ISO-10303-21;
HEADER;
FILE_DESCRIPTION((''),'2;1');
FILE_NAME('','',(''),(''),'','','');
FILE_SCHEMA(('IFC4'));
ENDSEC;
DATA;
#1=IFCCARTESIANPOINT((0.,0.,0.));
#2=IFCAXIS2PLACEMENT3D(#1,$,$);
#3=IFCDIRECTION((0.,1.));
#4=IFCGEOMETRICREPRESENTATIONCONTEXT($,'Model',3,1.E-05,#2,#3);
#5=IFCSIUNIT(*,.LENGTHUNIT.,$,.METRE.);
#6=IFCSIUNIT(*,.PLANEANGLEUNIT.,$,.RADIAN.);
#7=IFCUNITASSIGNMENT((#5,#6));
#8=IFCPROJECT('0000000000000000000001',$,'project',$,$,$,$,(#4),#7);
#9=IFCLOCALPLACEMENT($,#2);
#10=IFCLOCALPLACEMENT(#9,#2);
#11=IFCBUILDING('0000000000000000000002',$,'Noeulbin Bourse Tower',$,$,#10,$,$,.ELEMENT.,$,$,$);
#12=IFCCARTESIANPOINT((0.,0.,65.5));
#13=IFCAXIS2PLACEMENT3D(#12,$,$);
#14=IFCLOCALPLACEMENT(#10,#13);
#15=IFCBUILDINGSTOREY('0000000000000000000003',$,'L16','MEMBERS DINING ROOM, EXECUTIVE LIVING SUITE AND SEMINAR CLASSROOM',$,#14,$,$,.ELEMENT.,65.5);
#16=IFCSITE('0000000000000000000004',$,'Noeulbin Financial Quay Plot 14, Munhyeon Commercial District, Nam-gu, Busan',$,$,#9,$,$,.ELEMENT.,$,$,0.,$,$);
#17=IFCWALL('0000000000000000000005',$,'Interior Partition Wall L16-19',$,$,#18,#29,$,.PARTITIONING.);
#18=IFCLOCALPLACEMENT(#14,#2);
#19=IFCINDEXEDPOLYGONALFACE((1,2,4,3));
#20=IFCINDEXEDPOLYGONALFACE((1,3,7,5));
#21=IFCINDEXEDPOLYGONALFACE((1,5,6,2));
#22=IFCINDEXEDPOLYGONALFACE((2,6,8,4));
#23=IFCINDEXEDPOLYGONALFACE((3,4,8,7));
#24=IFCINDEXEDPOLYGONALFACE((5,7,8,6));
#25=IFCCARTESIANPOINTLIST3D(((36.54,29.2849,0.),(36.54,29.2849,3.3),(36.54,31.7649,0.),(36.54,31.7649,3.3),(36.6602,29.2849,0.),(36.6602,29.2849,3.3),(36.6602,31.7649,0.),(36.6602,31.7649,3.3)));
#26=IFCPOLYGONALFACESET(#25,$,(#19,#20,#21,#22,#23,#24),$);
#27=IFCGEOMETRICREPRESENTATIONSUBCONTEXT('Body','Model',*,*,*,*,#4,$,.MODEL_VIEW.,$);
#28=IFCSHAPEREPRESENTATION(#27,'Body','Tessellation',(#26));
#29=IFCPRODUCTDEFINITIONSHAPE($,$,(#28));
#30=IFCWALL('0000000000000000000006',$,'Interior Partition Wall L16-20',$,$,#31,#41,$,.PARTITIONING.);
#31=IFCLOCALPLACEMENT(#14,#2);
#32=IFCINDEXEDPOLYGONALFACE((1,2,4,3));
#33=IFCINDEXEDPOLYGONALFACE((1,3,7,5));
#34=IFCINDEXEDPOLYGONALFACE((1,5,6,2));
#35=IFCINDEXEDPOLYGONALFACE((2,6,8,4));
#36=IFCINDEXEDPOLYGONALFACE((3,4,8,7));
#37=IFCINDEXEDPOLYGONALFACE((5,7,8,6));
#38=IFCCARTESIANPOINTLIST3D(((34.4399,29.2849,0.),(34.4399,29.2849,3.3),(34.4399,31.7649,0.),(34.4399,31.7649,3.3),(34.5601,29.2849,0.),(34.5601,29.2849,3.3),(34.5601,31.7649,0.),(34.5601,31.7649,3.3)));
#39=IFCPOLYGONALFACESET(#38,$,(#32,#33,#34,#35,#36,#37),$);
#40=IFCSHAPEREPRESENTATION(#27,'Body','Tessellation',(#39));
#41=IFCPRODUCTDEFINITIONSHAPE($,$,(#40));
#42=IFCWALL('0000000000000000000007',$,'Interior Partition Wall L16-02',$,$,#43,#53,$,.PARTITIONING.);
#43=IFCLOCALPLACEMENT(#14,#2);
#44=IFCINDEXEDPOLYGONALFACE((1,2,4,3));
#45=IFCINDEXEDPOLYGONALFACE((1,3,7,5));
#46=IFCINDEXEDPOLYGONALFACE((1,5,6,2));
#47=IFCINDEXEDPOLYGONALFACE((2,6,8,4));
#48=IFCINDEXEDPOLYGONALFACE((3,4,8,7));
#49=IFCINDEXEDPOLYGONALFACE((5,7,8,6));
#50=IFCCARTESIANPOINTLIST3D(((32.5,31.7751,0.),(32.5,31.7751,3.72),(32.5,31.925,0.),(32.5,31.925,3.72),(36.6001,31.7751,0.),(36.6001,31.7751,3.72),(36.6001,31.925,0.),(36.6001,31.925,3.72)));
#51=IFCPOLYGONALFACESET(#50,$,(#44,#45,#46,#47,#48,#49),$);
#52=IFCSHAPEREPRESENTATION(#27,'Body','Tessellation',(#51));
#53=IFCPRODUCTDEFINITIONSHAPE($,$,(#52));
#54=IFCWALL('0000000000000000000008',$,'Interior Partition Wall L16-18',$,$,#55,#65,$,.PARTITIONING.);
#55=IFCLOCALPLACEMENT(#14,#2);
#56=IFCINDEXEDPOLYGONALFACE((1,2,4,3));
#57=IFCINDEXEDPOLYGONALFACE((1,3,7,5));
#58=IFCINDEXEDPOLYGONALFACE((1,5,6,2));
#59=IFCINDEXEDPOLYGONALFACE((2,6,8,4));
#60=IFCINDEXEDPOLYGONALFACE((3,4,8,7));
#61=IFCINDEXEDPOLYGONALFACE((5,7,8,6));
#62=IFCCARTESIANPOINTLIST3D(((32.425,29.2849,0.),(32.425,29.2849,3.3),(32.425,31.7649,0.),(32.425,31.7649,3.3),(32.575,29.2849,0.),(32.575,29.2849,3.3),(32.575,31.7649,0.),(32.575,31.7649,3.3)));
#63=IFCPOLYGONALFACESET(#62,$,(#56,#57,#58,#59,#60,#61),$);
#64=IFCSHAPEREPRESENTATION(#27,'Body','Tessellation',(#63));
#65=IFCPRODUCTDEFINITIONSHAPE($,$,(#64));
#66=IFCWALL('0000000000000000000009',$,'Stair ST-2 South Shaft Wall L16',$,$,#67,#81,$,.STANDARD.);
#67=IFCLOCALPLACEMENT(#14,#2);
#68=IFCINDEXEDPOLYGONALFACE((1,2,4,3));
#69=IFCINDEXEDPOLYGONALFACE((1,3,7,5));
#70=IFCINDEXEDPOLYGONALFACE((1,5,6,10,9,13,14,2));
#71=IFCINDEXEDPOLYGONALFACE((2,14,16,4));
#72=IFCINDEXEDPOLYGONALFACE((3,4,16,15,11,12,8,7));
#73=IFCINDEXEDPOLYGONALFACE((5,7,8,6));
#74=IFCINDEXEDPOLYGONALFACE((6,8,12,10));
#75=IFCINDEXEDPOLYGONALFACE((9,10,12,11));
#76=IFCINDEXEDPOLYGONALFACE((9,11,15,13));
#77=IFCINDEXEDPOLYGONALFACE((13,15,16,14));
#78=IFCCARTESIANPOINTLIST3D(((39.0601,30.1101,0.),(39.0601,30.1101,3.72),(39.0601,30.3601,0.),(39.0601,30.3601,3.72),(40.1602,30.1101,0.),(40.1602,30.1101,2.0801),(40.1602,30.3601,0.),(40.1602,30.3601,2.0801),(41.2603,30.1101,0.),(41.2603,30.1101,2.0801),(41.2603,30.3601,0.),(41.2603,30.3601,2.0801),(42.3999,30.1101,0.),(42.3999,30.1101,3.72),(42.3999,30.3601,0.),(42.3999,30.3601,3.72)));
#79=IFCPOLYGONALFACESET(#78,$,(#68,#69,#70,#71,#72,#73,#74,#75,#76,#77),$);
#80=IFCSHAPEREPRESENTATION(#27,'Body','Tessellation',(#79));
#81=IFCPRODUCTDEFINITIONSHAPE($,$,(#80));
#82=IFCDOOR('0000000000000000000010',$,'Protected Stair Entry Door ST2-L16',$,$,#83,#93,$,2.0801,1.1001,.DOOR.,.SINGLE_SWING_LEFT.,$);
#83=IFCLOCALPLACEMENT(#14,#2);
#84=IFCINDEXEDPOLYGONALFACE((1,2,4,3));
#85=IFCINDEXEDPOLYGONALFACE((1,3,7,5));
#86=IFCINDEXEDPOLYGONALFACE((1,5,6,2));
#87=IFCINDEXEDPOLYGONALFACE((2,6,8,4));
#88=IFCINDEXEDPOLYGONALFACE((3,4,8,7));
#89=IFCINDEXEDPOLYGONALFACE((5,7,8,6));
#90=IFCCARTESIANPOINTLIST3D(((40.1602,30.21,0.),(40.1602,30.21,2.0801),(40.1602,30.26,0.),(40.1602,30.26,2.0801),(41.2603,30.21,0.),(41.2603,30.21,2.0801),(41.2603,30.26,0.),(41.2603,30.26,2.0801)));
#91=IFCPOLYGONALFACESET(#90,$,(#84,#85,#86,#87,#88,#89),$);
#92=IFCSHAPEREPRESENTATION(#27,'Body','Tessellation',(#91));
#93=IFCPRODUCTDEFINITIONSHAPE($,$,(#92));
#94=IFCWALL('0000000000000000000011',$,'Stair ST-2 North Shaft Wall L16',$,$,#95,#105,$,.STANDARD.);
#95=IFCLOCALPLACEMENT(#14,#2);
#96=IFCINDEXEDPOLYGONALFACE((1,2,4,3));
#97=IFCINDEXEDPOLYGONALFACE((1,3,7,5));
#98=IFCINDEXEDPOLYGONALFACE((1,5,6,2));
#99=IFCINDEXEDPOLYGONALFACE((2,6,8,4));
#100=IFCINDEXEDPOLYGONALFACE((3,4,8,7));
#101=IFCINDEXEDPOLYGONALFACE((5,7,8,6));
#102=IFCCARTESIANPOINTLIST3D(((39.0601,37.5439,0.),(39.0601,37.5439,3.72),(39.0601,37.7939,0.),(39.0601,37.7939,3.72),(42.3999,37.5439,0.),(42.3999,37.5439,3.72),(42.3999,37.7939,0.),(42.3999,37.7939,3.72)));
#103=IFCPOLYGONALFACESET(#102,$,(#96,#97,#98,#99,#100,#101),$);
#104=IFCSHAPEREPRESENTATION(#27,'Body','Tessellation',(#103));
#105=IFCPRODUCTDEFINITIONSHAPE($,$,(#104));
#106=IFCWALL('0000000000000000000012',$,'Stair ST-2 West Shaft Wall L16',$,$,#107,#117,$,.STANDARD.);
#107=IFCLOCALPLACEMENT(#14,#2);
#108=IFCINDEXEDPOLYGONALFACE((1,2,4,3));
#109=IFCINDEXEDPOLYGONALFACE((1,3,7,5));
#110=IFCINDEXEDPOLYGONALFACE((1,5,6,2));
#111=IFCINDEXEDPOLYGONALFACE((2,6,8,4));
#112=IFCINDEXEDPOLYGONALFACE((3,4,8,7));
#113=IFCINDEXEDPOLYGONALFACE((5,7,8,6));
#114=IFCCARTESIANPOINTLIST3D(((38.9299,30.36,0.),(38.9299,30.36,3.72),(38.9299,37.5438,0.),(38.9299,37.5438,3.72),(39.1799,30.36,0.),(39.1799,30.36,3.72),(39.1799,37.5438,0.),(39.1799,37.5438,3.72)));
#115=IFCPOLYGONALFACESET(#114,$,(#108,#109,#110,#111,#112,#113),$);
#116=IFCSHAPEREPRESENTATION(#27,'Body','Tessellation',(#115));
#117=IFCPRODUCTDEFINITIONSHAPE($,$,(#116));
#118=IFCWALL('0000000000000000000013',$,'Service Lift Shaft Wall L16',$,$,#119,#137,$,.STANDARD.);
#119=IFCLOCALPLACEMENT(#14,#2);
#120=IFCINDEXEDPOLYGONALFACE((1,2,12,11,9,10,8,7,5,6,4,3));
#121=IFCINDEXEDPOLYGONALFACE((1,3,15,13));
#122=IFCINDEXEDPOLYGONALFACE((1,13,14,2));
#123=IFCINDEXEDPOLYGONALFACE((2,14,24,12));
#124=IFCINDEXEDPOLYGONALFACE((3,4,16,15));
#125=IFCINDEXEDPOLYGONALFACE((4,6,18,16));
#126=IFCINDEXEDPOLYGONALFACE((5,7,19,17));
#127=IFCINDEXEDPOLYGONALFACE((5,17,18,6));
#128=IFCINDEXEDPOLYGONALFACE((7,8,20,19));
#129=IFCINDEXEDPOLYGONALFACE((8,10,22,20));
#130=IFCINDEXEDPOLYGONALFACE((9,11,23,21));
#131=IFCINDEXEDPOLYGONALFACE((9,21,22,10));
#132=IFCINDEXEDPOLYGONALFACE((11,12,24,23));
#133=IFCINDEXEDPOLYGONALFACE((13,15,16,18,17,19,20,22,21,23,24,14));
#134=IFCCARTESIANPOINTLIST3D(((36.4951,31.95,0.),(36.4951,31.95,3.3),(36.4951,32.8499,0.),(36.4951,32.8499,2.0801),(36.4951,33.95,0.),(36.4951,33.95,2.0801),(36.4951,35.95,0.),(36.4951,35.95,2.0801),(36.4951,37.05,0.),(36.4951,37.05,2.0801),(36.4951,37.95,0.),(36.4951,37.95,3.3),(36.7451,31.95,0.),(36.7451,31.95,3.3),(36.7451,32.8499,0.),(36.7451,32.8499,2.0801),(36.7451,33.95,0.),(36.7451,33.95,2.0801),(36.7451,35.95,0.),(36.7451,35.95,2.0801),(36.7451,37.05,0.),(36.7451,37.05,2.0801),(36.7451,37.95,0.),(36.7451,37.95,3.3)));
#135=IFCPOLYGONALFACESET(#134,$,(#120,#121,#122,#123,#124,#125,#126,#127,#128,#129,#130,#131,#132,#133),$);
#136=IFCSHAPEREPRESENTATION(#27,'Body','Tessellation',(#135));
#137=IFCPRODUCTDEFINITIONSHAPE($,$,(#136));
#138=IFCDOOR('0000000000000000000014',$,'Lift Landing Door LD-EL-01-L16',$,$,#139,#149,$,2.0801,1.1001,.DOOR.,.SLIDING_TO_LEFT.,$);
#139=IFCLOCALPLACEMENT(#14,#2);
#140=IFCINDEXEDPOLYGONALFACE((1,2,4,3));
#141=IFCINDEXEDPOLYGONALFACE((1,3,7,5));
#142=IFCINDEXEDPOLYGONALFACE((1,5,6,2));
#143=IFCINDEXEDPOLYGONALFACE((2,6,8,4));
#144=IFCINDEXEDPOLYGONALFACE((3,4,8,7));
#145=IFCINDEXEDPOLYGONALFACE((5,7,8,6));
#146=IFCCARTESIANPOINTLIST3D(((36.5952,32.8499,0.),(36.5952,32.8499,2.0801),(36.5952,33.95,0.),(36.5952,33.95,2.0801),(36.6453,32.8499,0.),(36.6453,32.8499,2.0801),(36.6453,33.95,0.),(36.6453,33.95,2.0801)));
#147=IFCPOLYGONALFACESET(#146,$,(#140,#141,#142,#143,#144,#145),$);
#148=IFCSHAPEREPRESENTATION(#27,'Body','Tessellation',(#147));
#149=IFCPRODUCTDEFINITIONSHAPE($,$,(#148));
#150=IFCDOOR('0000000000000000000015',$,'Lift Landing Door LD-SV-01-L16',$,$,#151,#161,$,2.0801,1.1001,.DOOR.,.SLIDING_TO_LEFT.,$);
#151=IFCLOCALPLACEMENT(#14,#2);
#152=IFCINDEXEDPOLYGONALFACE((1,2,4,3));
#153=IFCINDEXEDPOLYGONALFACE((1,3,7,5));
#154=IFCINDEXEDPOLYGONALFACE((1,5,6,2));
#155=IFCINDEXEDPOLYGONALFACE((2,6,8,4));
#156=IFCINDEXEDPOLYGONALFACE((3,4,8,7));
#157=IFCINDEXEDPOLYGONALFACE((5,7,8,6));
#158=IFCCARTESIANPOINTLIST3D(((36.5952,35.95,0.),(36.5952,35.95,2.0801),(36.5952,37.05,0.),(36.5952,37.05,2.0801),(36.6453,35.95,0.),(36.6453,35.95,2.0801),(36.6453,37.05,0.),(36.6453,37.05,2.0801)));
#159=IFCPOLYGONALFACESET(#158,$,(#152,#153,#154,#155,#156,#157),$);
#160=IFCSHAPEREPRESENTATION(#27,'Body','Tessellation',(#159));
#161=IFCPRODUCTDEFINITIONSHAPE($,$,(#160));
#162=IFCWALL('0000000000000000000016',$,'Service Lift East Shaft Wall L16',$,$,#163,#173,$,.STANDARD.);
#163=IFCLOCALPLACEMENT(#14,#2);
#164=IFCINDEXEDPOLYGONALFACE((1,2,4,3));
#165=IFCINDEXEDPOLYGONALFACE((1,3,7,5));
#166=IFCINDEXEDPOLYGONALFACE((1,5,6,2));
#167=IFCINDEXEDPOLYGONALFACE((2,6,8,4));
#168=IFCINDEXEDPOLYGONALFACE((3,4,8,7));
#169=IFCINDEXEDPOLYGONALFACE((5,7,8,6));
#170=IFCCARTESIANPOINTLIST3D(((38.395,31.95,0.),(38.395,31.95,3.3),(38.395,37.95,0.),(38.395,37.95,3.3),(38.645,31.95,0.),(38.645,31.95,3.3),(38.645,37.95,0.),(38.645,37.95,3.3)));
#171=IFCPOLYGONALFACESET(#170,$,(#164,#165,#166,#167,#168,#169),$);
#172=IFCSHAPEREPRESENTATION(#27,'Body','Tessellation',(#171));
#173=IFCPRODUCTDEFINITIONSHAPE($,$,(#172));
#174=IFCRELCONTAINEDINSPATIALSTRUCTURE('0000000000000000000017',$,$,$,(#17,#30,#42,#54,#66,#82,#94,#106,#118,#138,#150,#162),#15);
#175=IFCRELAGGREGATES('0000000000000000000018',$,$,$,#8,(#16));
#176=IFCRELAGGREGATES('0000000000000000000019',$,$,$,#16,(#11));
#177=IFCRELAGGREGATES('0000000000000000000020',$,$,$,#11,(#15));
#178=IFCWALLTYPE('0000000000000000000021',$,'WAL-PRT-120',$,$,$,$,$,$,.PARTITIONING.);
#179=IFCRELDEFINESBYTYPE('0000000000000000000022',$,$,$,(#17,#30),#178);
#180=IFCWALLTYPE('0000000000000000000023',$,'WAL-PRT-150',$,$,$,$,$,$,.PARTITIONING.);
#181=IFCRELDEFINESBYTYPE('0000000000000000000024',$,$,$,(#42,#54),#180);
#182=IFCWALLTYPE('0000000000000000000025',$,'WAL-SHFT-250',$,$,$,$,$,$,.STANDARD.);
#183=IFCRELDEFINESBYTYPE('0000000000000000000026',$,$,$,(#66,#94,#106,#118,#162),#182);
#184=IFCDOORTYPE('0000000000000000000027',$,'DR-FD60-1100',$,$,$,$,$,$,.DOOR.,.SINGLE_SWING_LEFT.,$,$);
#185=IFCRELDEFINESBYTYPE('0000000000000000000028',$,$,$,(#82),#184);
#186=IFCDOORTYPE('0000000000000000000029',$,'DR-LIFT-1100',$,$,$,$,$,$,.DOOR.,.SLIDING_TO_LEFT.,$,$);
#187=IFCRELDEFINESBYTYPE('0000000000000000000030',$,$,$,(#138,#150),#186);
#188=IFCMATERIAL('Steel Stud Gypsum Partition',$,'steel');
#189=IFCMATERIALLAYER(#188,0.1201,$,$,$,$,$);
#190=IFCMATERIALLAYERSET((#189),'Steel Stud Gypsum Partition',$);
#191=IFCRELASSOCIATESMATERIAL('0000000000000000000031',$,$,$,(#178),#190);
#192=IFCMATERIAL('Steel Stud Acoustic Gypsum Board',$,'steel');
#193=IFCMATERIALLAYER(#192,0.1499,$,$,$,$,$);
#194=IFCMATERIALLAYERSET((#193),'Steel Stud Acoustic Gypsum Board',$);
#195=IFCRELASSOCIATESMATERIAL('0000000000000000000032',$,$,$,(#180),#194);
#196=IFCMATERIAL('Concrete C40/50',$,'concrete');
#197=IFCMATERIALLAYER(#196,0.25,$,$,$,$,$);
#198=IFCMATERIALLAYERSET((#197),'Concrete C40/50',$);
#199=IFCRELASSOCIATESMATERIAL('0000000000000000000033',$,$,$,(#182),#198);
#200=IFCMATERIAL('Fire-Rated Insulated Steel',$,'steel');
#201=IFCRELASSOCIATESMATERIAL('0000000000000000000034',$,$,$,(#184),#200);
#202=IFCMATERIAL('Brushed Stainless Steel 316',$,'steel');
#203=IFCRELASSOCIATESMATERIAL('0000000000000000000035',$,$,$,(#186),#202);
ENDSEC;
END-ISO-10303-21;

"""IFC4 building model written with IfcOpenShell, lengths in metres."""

from ifc_helpers import new_model, si_unit, direction, frame, frame_2d, origin, place, context, subcontext, project, spatial, rectangle, extrude, material, layer, layer_set, type_object, element, fill, save


model = new_model("IFC4")

# Units and contexts
model_context = context("Model", 3, precision=1e-05, world=origin(), true_north=direction((0.0, 1.0)))
body_context = subcontext(model_context, "Body", "Model", "MODEL_VIEW")
ifc_project = project(units=[si_unit("LENGTHUNIT", "METRE"), si_unit("PLANEANGLEUNIT", "RADIAN")], contexts=[model_context])

# Site, building, storey
site_placement = place(None, origin())
site = spatial("IfcSite", under=ifc_project, at=site_placement, Name="Noeulbin Financial Quay Plot 14, Munhyeon Commercial District, Nam-gu, Busan", CompositionType="ELEMENT", RefElevation=0.0)
building_placement = place(site_placement, origin())
building = spatial("IfcBuilding", under=site, at=building_placement, Name="Noeulbin Bourse Tower", CompositionType="ELEMENT")
storey_placement = place(building_placement, frame((0.0, 0.0, 65.5)))
storey = spatial("IfcBuildingStorey", under=building, at=storey_placement, Name="L16", Description="MEMBERS DINING ROOM, EXECUTIVE LIVING SUITE AND SEMINAR CLASSROOM", CompositionType="ELEMENT", Elevation=65.5)

# Walls
ifc_material_1 = material(Name="Concrete C40/50", Category="concrete")
ifc_material_2 = material(Name="Steel Stud Gypsum Partition", Category="steel")
ifc_layer_1 = layer(ifc_material_2, 0.1201)
ifc_layer_set_1 = layer_set([ifc_layer_1], Name="Steel Stud Gypsum Partition")
wall_type_1 = type_object("IfcWallType", Name="WAL-PRT-120", PredefinedType="PARTITIONING", material=ifc_layer_set_1)
for number, where, z_axis, x_axis, name in (
    (1, (36.6001, 29.2849, 0.0), (0.0, 0.0, 1.0), (0.0, 1.0, 0.0), "Interior Partition Wall L16-19"),
    (2, (34.5, 29.2849, 0.0), (0.0, 0.0, 1.0), (0.0, 1.0, 0.0), "Interior Partition Wall L16-20"),
):
    element("IfcWall", number, at=place(storey_placement, frame(where, z_axis=z_axis, x_axis=x_axis)), inside=storey, type_object=wall_type_1, Name=name, PredefinedType="PARTITIONING", context=body_context, shape_type="SweptSolid", body=[
        extrude(rectangle(XDim=2.48, YDim=0.1201, at=frame_2d((1.24, 0.0))), origin(), (0.0, 0.0, 1.0), 3.3),
    ])
ifc_material_3 = material(Name="Steel Stud Acoustic Gypsum Board", Category="steel")
ifc_layer_2 = layer(ifc_material_3, 0.1499)
ifc_layer_set_2 = layer_set([ifc_layer_2], Name="Steel Stud Acoustic Gypsum Board")
wall_type_2 = type_object("IfcWallType", Name="WAL-PRT-150", PredefinedType="PARTITIONING", material=ifc_layer_set_2)
wall_1_placement = place(storey_placement, frame((32.5, 31.8501, 0.0), z_axis=(0.0, 0.0, 1.0), x_axis=(1.0, 0.0, 0.0)))
element("IfcWall", 3, at=wall_1_placement, inside=storey, type_object=wall_type_2, Name="Interior Partition Wall L16-02", PredefinedType="PARTITIONING", context=body_context, shape_type="SweptSolid", body=[
    extrude(rectangle(XDim=4.1001, YDim=0.1499, at=frame_2d((2.05, 0.0))), origin(), (0.0, 0.0, 1.0), 3.72),
])
wall_2_placement = place(storey_placement, frame((32.5, 29.2849, 0.0), z_axis=(0.0, 0.0, 1.0), x_axis=(0.0, 1.0, 0.0)))
element("IfcWall", 4, at=wall_2_placement, inside=storey, type_object=wall_type_2, Name="Interior Partition Wall L16-18", PredefinedType="PARTITIONING", context=body_context, shape_type="SweptSolid", body=[
    extrude(rectangle(XDim=2.48, YDim=0.1499, at=frame_2d((1.24, 0.0))), origin(), (0.0, 0.0, 1.0), 3.3),
])

# Wall, opening, door
ifc_layer_3 = layer(ifc_material_1, 0.25)
ifc_layer_set_3 = layer_set([ifc_layer_3], Name="Concrete C40/50")
wall_type_3 = type_object("IfcWallType", Name="WAL-SHFT-250", PredefinedType="STANDARD", material=ifc_layer_set_3)
wall_3_placement = place(storey_placement, frame((39.0601, 30.2351, 0.0), z_axis=(0.0, 0.0, 1.0), x_axis=(1.0, 0.0, 0.0)))
wall_3 = element("IfcWall", 5, at=wall_3_placement, inside=storey, type_object=wall_type_3, Name="Stair ST-2 South Shaft Wall L16", PredefinedType="STANDARD", context=body_context, shape_type="SweptSolid", body=[
    extrude(rectangle(XDim=3.3398, YDim=0.25, at=frame_2d((1.6699, 0.0))), origin(), (0.0, 0.0, 1.0), 3.72),
])
opening_1_placement = place(wall_3_placement, frame((1.1001, 0.0, 0.0)))
opening_1 = element("IfcOpeningElement", 6, at=opening_1_placement, cuts=wall_3, PredefinedType="OPENING", context=body_context, shape_type="SweptSolid", body=[
    extrude(rectangle(XDim=1.1001, YDim=2.0801, at=frame_2d((0.55, 1.04))), frame((0.0, 0.135, 0.0), z_axis=(0.0, -1.0, 0.0), x_axis=(1.0, 0.0, 0.0)), (0.0, 0.0, 1.0), 0.27),
])
ifc_material_4 = material(Name="Fire-Rated Insulated Steel", Category="steel")
door_type_1 = type_object("IfcDoorType", Name="DR-FD60-1100", OperationType="SINGLE_SWING_LEFT", PredefinedType="DOOR", material=ifc_material_4)
door_1_placement = place(opening_1_placement, origin())
door_1 = element("IfcDoor", 7, at=door_1_placement, inside=storey, type_object=door_type_1, Name="Protected Stair Entry Door ST2-L16", OperationType="SINGLE_SWING_LEFT", OverallHeight=2.0801, OverallWidth=1.1001, PredefinedType="DOOR", context=body_context, shape_type="SweptSolid", body=[
    extrude(rectangle(XDim=1.1001, YDim=2.0801, at=frame_2d((0.55, 1.04))), frame((0.0, 0.0249, 0.0), z_axis=(0.0, -1.0, 0.0), x_axis=(1.0, 0.0, 0.0)), (0.0, 0.0, 1.0), 0.05),
])
fill(opening_1, door_1)

# Walls
wall_4_placement = place(storey_placement, frame((39.0601, 37.6689, 0.0), z_axis=(0.0, 0.0, 1.0), x_axis=(1.0, 0.0, 0.0)))
element("IfcWall", 8, at=wall_4_placement, inside=storey, type_object=wall_type_3, Name="Stair ST-2 North Shaft Wall L16", PredefinedType="STANDARD", context=body_context, shape_type="SweptSolid", body=[
    extrude(rectangle(XDim=3.3398, YDim=0.25, at=frame_2d((1.6699, 0.0))), origin(), (0.0, 0.0, 1.0), 3.72),
])
wall_5_placement = place(storey_placement, frame((39.0549, 30.3601, 0.0), z_axis=(0.0, 0.0, 1.0), x_axis=(0.0, 1.0, 0.0)))
element("IfcWall", 9, at=wall_5_placement, inside=storey, type_object=wall_type_3, Name="Stair ST-2 West Shaft Wall L16", PredefinedType="STANDARD", context=body_context, shape_type="SweptSolid", body=[
    extrude(rectangle(XDim=7.1838, YDim=0.25, at=frame_2d((3.5918, 0.0))), origin(), (0.0, 0.0, 1.0), 3.72),
])

# Wall, openings, doors
wall_6_placement = place(storey_placement, frame((36.6201, 31.95, 0.0), z_axis=(0.0, 0.0, 1.0), x_axis=(0.0, 1.0, 0.0)))
wall_6 = element("IfcWall", 10, at=wall_6_placement, inside=storey, type_object=wall_type_3, Name="Service Lift Shaft Wall L16", PredefinedType="STANDARD", context=body_context, shape_type="SweptSolid", body=[
    extrude(rectangle(XDim=6.0, YDim=0.25, at=frame_2d((3.0, 0.0))), origin(), (0.0, 0.0, 1.0), 3.3),
])
opening_2_placement = place(wall_6_placement, frame((0.8999, 0.0, 0.0)))
opening_2 = element("IfcOpeningElement", 11, at=opening_2_placement, cuts=wall_6, PredefinedType="OPENING", context=body_context, shape_type="SweptSolid", body=[
    extrude(rectangle(XDim=1.1001, YDim=2.0801, at=frame_2d((0.55, 1.04))), frame((0.0, 0.135, 0.0), z_axis=(0.0, -1.0, 0.0), x_axis=(1.0, 0.0, 0.0)), (0.0, 0.0, 1.0), 0.27),
])
opening_3_placement = place(wall_6_placement, frame((4.0, 0.0, 0.0)))
opening_3 = element("IfcOpeningElement", 12, at=opening_3_placement, cuts=wall_6, PredefinedType="OPENING", context=body_context, shape_type="SweptSolid", body=[
    extrude(rectangle(XDim=1.1001, YDim=2.0801, at=frame_2d((0.55, 1.04))), frame((0.0, 0.135, 0.0), z_axis=(0.0, -1.0, 0.0), x_axis=(1.0, 0.0, 0.0)), (0.0, 0.0, 1.0), 0.27),
])
ifc_material_5 = material(Name="Brushed Stainless Steel 316", Category="steel")
door_type_2 = type_object("IfcDoorType", Name="DR-LIFT-1100", OperationType="SLIDING_TO_LEFT", PredefinedType="DOOR", material=ifc_material_5)
door_2_placement = place(opening_2_placement, origin())
door_2 = element("IfcDoor", 13, at=door_2_placement, inside=storey, type_object=door_type_2, Name="Lift Landing Door LD-EL-01-L16", OperationType="SLIDING_TO_LEFT", OverallHeight=2.0801, OverallWidth=1.1001, PredefinedType="DOOR", context=body_context, shape_type="SweptSolid", body=[
    extrude(rectangle(XDim=1.1001, YDim=2.0801, at=frame_2d((0.55, 1.04))), frame((0.0, 0.0249, 0.0), z_axis=(0.0, -1.0, 0.0), x_axis=(1.0, 0.0, 0.0)), (0.0, 0.0, 1.0), 0.05),
])
fill(opening_2, door_2)
door_3_placement = place(opening_3_placement, origin())
door_3 = element("IfcDoor", 14, at=door_3_placement, inside=storey, type_object=door_type_2, Name="Lift Landing Door LD-SV-01-L16", OperationType="SLIDING_TO_LEFT", OverallHeight=2.0801, OverallWidth=1.1001, PredefinedType="DOOR", context=body_context, shape_type="SweptSolid", body=[
    extrude(rectangle(XDim=1.1001, YDim=2.0801, at=frame_2d((0.55, 1.04))), frame((0.0, 0.0249, 0.0), z_axis=(0.0, -1.0, 0.0), x_axis=(1.0, 0.0, 0.0)), (0.0, 0.0, 1.0), 0.05),
])
fill(opening_3, door_3)

# Wall
wall_7_placement = place(storey_placement, frame((38.52, 31.95, 0.0), z_axis=(0.0, 0.0, 1.0), x_axis=(0.0, 1.0, 0.0)))
element("IfcWall", 15, at=wall_7_placement, inside=storey, type_object=wall_type_3, Name="Service Lift East Shaft Wall L16", PredefinedType="STANDARD", context=body_context, shape_type="SweptSolid", body=[
    extrude(rectangle(XDim=6.0, YDim=0.25, at=frame_2d((3.0, 0.0))), origin(), (0.0, 0.0, 1.0), 3.3),
])

save(model, "model.ifc")
